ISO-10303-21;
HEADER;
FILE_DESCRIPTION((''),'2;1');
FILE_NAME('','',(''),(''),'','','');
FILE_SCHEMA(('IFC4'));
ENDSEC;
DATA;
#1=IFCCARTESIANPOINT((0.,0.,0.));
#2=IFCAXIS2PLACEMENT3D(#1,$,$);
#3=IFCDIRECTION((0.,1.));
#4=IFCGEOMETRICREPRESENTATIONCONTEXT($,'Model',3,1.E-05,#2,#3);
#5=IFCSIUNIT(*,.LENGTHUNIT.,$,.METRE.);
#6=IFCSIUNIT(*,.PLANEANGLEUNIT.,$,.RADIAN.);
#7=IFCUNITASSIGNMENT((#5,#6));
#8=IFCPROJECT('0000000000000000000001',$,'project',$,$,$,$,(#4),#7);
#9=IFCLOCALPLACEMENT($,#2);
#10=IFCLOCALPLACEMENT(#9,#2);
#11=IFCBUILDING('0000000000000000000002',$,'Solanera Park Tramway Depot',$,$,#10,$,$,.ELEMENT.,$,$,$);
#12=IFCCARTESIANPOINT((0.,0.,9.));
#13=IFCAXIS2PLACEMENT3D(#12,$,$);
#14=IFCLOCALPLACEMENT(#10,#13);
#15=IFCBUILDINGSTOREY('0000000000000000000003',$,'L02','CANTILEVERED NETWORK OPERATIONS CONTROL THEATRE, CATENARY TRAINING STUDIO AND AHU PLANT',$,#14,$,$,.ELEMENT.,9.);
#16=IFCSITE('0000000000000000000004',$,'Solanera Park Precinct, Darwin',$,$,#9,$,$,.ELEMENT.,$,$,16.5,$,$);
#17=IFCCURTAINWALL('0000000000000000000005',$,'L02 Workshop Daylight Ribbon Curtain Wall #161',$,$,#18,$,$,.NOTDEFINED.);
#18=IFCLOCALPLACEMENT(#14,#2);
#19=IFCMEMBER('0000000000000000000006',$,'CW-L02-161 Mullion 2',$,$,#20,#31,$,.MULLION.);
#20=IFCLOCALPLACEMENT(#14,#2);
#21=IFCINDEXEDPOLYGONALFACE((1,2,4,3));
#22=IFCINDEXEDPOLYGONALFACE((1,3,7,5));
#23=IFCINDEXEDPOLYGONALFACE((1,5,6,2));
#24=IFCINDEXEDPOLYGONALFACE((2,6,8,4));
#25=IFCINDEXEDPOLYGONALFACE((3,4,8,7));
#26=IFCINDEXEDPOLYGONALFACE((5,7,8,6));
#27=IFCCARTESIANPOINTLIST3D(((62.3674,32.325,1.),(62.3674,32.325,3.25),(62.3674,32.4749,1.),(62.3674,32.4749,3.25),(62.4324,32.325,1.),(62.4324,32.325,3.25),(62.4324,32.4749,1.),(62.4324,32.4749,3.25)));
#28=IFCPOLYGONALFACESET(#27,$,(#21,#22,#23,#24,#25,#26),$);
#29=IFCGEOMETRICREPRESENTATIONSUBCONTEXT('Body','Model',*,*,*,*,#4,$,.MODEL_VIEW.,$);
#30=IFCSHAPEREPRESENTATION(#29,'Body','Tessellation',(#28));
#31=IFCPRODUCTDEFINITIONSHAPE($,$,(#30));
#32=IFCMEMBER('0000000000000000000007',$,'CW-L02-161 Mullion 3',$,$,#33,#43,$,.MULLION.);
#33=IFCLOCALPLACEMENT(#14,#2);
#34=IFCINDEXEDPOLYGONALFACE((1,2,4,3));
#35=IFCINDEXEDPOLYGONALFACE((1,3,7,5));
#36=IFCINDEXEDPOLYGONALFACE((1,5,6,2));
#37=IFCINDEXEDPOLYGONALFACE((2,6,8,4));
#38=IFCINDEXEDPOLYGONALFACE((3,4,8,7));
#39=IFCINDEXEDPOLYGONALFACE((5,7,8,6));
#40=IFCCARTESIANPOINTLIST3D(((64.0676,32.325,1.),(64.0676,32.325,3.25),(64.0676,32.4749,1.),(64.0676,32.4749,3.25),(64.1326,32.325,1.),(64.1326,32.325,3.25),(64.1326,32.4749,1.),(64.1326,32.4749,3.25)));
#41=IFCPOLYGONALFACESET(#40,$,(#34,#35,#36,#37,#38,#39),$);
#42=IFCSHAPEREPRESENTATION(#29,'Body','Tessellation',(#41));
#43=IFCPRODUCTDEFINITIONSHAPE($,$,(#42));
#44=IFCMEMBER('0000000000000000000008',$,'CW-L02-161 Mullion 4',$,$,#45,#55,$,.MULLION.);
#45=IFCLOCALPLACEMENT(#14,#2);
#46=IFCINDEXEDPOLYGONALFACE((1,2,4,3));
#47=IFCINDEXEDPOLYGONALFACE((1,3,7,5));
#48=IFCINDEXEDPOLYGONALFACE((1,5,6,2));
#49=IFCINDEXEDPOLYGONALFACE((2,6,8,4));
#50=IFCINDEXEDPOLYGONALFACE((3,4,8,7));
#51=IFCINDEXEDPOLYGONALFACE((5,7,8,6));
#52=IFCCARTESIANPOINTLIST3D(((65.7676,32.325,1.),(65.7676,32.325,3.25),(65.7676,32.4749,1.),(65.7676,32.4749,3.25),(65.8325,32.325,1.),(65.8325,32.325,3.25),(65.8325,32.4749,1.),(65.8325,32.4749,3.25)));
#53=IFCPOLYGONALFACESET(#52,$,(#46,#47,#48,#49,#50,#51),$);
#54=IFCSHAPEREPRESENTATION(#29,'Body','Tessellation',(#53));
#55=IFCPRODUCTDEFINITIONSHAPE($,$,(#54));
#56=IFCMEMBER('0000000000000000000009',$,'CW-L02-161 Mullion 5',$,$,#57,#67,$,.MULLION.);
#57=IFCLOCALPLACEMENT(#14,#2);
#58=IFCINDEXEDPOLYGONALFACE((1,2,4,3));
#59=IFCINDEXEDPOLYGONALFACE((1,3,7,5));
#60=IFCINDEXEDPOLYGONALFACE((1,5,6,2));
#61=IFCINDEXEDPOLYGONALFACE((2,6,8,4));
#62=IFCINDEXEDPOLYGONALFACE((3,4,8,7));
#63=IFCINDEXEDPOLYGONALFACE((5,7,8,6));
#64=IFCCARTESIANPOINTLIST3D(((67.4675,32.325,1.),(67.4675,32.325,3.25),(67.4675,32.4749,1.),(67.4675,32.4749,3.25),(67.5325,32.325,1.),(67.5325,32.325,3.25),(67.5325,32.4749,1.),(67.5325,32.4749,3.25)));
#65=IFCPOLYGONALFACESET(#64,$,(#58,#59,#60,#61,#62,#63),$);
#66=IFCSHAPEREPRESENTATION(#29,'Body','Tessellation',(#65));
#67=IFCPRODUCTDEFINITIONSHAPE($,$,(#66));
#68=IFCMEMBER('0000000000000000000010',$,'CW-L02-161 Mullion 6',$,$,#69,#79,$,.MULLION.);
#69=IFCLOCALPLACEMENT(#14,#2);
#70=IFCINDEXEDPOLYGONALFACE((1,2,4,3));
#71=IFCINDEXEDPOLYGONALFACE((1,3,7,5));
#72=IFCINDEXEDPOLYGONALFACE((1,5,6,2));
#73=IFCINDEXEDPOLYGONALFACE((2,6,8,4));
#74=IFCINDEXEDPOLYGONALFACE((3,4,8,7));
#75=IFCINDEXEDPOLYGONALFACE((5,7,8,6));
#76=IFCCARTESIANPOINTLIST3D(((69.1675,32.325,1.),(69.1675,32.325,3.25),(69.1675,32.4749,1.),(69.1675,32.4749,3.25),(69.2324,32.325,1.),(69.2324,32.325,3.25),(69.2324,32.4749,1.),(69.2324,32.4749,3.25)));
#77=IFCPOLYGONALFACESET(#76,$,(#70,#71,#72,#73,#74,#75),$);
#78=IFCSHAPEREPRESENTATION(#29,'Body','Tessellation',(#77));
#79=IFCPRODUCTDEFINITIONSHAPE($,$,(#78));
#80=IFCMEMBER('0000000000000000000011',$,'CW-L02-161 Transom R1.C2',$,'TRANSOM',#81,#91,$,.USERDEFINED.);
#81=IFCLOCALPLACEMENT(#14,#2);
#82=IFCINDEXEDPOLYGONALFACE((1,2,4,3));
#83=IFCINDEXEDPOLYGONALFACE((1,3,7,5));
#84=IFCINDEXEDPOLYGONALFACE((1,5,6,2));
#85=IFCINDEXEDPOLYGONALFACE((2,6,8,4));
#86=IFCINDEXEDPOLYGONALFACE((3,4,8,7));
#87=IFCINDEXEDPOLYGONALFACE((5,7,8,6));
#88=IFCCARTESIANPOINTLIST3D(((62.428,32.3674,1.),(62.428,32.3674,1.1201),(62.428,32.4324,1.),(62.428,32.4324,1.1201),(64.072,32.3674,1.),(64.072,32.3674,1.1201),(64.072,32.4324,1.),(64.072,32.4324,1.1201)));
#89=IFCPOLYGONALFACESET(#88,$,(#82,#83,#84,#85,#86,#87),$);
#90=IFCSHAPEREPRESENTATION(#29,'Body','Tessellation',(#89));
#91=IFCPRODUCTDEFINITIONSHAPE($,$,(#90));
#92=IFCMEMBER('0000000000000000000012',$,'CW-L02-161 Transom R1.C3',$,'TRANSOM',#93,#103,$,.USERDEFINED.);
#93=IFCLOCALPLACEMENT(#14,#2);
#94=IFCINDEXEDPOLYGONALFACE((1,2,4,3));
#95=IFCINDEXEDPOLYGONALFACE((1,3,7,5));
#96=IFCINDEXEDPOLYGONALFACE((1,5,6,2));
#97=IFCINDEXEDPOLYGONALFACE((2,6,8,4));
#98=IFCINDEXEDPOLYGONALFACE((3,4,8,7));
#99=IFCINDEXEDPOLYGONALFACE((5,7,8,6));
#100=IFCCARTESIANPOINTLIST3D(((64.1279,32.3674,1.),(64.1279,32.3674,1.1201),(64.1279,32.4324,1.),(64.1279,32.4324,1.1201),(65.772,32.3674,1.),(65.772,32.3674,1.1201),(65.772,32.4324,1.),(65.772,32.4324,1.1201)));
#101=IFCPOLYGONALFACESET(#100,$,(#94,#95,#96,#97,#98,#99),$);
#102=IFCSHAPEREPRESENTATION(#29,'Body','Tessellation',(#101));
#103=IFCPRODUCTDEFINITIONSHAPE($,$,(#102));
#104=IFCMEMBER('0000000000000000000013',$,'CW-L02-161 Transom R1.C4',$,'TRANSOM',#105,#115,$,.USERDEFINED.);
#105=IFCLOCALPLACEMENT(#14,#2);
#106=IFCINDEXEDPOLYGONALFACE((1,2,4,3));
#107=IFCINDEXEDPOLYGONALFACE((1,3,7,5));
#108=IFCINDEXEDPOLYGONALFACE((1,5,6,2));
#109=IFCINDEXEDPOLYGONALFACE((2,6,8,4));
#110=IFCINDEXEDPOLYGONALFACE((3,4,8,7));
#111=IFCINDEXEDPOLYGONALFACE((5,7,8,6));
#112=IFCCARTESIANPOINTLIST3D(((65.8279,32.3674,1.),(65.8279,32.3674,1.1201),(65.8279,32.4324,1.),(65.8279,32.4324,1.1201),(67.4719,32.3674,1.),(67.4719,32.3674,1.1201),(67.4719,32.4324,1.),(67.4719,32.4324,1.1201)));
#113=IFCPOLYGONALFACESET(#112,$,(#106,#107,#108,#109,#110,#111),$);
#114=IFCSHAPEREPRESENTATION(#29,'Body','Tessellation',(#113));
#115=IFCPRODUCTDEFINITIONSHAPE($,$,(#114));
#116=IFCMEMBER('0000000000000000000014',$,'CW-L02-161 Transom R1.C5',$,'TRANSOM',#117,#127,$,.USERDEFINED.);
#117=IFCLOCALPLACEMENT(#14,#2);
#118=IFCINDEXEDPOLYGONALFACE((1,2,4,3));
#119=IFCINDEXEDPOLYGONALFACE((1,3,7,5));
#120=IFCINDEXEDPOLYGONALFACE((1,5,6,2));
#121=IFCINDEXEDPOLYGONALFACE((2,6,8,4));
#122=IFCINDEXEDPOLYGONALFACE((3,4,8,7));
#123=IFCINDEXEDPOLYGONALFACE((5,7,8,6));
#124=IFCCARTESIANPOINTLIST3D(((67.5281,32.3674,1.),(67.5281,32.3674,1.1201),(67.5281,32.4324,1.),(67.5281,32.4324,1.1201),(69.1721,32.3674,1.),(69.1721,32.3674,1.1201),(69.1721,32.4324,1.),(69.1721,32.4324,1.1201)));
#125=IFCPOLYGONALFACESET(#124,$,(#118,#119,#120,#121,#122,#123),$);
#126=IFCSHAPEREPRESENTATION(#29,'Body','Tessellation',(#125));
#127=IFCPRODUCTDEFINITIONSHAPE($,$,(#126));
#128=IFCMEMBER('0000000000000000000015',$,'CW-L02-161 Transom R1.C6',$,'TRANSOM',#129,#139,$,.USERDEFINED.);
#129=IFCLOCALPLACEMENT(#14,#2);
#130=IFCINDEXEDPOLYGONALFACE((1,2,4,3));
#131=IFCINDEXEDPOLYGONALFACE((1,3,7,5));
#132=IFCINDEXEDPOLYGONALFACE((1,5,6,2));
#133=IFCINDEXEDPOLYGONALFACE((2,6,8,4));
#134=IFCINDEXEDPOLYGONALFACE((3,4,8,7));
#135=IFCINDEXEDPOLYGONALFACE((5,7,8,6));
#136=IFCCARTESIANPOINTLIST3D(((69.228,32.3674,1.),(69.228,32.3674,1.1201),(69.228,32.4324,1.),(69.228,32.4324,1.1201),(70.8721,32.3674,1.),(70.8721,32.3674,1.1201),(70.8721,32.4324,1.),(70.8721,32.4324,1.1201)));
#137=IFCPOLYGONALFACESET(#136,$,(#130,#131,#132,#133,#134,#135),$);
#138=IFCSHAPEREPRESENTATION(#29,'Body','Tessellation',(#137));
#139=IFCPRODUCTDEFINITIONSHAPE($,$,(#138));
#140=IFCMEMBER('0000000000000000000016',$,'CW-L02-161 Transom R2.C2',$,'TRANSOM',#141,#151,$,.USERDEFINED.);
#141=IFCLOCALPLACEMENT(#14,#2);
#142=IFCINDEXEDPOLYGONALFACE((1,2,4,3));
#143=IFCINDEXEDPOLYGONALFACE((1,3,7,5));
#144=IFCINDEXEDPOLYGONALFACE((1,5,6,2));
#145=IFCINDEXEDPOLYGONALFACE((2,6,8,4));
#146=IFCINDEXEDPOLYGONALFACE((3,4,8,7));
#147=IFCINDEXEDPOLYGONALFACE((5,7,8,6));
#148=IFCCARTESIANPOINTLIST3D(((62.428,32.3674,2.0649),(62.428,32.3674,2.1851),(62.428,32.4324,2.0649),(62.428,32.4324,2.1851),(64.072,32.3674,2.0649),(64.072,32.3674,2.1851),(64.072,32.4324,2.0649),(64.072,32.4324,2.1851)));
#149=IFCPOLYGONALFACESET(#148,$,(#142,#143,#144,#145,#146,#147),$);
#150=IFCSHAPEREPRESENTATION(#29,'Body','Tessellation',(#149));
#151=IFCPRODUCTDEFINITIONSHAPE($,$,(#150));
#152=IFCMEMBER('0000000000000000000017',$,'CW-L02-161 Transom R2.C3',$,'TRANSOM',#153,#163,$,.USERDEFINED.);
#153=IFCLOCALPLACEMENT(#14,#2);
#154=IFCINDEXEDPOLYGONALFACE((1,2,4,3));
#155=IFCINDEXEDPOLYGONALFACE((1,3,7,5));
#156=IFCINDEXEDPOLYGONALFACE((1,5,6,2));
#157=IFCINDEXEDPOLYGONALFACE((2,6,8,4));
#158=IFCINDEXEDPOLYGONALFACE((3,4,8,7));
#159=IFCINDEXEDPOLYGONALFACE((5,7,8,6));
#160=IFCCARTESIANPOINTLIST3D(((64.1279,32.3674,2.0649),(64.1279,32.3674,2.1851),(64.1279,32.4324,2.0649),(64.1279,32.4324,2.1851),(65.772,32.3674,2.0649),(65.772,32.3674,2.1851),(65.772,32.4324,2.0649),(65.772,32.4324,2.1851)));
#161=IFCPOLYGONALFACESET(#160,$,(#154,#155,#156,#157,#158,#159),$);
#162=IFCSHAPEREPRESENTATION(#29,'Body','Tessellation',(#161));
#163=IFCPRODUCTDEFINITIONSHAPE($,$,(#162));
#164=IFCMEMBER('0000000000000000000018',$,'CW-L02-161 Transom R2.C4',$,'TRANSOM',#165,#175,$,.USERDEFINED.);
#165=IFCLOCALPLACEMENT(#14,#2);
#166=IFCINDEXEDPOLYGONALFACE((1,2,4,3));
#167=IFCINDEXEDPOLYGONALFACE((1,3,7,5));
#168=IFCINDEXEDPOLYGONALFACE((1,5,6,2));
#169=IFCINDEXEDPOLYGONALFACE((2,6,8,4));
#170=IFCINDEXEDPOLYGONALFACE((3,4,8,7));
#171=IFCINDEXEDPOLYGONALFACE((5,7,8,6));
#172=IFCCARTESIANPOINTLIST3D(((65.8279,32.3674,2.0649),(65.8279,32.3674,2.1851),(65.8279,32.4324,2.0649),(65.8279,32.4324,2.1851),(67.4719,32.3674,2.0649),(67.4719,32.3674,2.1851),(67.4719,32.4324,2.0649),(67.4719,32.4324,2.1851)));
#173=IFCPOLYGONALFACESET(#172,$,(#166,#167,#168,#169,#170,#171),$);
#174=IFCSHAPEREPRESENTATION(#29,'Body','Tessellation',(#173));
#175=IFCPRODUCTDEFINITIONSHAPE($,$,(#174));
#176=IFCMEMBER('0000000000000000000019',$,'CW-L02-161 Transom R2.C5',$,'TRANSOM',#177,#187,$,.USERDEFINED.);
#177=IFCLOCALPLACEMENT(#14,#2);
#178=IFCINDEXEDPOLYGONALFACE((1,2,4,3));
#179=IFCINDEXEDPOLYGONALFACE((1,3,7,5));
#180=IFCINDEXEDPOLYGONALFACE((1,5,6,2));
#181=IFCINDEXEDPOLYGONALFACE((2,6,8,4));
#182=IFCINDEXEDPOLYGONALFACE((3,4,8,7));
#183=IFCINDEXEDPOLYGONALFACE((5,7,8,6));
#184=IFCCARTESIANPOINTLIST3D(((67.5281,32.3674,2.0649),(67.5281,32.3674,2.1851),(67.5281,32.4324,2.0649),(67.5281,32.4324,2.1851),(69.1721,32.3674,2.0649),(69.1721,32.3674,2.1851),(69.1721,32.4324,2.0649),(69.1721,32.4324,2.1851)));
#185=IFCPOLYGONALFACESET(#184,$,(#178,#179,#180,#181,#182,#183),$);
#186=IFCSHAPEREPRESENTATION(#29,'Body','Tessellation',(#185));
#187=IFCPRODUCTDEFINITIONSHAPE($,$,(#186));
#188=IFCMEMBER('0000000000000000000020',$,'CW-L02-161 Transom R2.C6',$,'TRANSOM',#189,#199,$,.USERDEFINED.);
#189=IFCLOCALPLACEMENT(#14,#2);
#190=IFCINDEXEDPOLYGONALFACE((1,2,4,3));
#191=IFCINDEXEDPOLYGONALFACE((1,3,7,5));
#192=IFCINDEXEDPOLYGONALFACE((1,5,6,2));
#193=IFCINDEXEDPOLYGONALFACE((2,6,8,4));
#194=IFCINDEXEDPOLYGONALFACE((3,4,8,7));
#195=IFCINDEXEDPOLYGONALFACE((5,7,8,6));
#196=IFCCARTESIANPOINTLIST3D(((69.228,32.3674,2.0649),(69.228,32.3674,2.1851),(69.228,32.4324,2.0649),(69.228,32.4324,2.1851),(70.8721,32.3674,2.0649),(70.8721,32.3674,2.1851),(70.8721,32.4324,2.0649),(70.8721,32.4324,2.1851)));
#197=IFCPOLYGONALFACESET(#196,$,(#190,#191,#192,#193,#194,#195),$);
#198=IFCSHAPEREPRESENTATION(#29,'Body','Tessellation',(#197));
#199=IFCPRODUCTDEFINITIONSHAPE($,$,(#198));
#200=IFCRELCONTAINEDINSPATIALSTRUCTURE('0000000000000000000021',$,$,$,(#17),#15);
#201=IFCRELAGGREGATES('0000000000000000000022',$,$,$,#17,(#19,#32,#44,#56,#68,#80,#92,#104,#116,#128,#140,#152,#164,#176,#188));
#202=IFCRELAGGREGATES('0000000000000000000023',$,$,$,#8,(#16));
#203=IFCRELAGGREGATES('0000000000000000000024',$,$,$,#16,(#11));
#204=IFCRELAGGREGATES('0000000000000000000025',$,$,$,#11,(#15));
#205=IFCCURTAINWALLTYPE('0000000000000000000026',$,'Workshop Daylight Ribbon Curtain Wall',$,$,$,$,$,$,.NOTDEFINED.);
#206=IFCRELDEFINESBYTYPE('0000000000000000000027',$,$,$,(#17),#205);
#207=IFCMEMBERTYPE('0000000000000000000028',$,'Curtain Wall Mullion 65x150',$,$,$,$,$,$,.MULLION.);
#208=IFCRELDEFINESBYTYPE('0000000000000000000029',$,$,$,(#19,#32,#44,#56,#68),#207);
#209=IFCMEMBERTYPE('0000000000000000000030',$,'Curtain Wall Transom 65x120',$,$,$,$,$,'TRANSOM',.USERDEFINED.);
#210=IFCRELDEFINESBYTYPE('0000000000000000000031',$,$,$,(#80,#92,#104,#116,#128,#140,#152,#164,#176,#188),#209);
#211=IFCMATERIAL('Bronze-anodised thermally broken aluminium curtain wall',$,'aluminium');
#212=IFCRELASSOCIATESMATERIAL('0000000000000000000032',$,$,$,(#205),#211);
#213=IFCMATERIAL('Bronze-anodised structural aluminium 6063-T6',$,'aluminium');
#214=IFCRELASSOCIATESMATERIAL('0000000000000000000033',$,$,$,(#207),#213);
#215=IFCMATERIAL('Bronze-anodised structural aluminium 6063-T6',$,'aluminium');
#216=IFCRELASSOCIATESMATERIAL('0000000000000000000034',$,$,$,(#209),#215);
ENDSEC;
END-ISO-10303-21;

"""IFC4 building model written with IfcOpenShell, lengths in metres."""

from ifc_helpers import new_model, si_unit, direction, frame, origin, origin_2d, place, context, subcontext, project, spatial, rectangle, extrude, material, material_profile, profile_set, type_object, element, aggregate, save


model = new_model("IFC4")

# Units and contexts
model_context = context("Model", 3, precision=1e-05, world=origin(), true_north=direction((0.0, 1.0)))
body_context = subcontext(model_context, "Body", "Model", "MODEL_VIEW")
ifc_project = project(units=[si_unit("LENGTHUNIT", "METRE"), si_unit("PLANEANGLEUNIT", "RADIAN")], contexts=[model_context])

# Site, building, storey
site_placement = place(None, origin())
site = spatial("IfcSite", under=ifc_project, at=site_placement, Name="Solanera Park Precinct, Darwin", CompositionType="ELEMENT", RefElevation=16.5)
building_placement = place(site_placement, origin())
building = spatial("IfcBuilding", under=site, at=building_placement, Name="Solanera Park Tramway Depot", CompositionType="ELEMENT")
storey_placement = place(building_placement, frame((0.0, 0.0, 9.0)))
storey = spatial("IfcBuildingStorey", under=building, at=storey_placement, Name="L02", Description="CANTILEVERED NETWORK OPERATIONS CONTROL THEATRE, CATENARY TRAINING STUDIO AND AHU PLANT", CompositionType="ELEMENT", Elevation=9.0)

# Curtain wall, members
ifc_material_1 = material(Name="Bronze-anodised thermally broken aluminium curtain wall", Category="aluminium")
curtain_wall_type = type_object("IfcCurtainWallType", Name="Workshop Daylight Ribbon Curtain Wall", PredefinedType="NOTDEFINED", material=ifc_material_1)
curtain_wall_placement = place(storey_placement, origin())
curtain_wall = element("IfcCurtainWall", 1, at=curtain_wall_placement, inside=storey, type_object=curtain_wall_type, Name="L02 Workshop Daylight Ribbon Curtain Wall #161", PredefinedType="NOTDEFINED")
ifc_material_2 = material(Name="Bronze-anodised structural aluminium 6063-T6", Category="aluminium")
ifc_material_profile_1 = material_profile(ifc_material_2, rectangle(XDim=0.0649, YDim=0.1499, at=origin_2d()), Name="Curtain Wall Mullion 65x150")
ifc_profile_set_1 = profile_set([ifc_material_profile_1], Name="Bronze-anodised structural aluminium 6063-T6")
member_type_1 = type_object("IfcMemberType", Name="Curtain Wall Mullion 65x150", PredefinedType="MULLION", material=ifc_profile_set_1)
member_1_placement = place(storey_placement, frame((62.3999, 32.3999, 1.0), z_axis=(0.0, 0.0, 1.0), x_axis=(1.0, 0.0, 0.0)))
member_1 = element("IfcMember", 2, at=member_1_placement, type_object=member_type_1, Name="CW-L02-161 Mullion 2", PredefinedType="MULLION", context=body_context, shape_type="SweptSolid", body=[
    extrude(rectangle(XDim=0.0649, YDim=0.1499, at=origin_2d()), origin(), (0.0, 0.0, 1.0), 2.25),
])
member_2_placement = place(storey_placement, frame((64.1001, 32.3999, 1.0), z_axis=(0.0, 0.0, 1.0), x_axis=(1.0, 0.0, 0.0)))
member_2 = element("IfcMember", 3, at=member_2_placement, type_object=member_type_1, Name="CW-L02-161 Mullion 3", PredefinedType="MULLION", context=body_context, shape_type="SweptSolid", body=[
    extrude(rectangle(XDim=0.0649, YDim=0.1499, at=origin_2d()), origin(), (0.0, 0.0, 1.0), 2.25),
])
member_3_placement = place(storey_placement, frame((65.8, 32.3999, 1.0), z_axis=(0.0, 0.0, 1.0), x_axis=(1.0, 0.0, 0.0)))
member_3 = element("IfcMember", 4, at=member_3_placement, type_object=member_type_1, Name="CW-L02-161 Mullion 4", PredefinedType="MULLION", context=body_context, shape_type="SweptSolid", body=[
    extrude(rectangle(XDim=0.0649, YDim=0.1499, at=origin_2d()), origin(), (0.0, 0.0, 1.0), 2.25),
])
member_4_placement = place(storey_placement, frame((67.5, 32.3999, 1.0), z_axis=(0.0, 0.0, 1.0), x_axis=(1.0, 0.0, 0.0)))
member_4 = element("IfcMember", 5, at=member_4_placement, type_object=member_type_1, Name="CW-L02-161 Mullion 5", PredefinedType="MULLION", context=body_context, shape_type="SweptSolid", body=[
    extrude(rectangle(XDim=0.0649, YDim=0.1499, at=origin_2d()), origin(), (0.0, 0.0, 1.0), 2.25),
])
member_5_placement = place(storey_placement, frame((69.2, 32.3999, 1.0), z_axis=(0.0, 0.0, 1.0), x_axis=(1.0, 0.0, 0.0)))
member_5 = element("IfcMember", 6, at=member_5_placement, type_object=member_type_1, Name="CW-L02-161 Mullion 6", PredefinedType="MULLION", context=body_context, shape_type="SweptSolid", body=[
    extrude(rectangle(XDim=0.0649, YDim=0.1499, at=origin_2d()), origin(), (0.0, 0.0, 1.0), 2.25),
])
ifc_material_3 = material(Name="Bronze-anodised structural aluminium 6063-T6", Category="aluminium")
ifc_material_profile_2 = material_profile(ifc_material_3, rectangle(XDim=0.0649, YDim=0.1201, at=origin_2d()), Name="Curtain Wall Transom 65x120")
ifc_profile_set_2 = profile_set([ifc_material_profile_2], Name="Bronze-anodised structural aluminium 6063-T6")
member_type_2 = type_object("IfcMemberType", Name="Curtain Wall Transom 65x120", ElementType="TRANSOM", PredefinedType="USERDEFINED", material=ifc_profile_set_2)
member_6_placement = place(storey_placement, frame((62.428, 32.3999, 1.0601), z_axis=(1.0, 0.0, 0.0), x_axis=(0.0, 1.0, 0.0)))
member_6 = element("IfcMember", 7, at=member_6_placement, type_object=member_type_2, Name="CW-L02-161 Transom R1.C2", ObjectType="TRANSOM", PredefinedType="USERDEFINED", context=body_context, shape_type="SweptSolid", body=[
    extrude(rectangle(XDim=0.0649, YDim=0.1201, at=origin_2d()), origin(), (0.0, 0.0, 1.0), 1.644),
])
member_7_placement = place(storey_placement, frame((64.1279, 32.3999, 1.0601), z_axis=(1.0, 0.0, 0.0), x_axis=(0.0, 1.0, 0.0)))
member_7 = element("IfcMember", 8, at=member_7_placement, type_object=member_type_2, Name="CW-L02-161 Transom R1.C3", ObjectType="TRANSOM", PredefinedType="USERDEFINED", context=body_context, shape_type="SweptSolid", body=[
    extrude(rectangle(XDim=0.0649, YDim=0.1201, at=origin_2d()), origin(), (0.0, 0.0, 1.0), 1.644),
])
member_8_placement = place(storey_placement, frame((65.8279, 32.3999, 1.0601), z_axis=(1.0, 0.0, 0.0), x_axis=(0.0, 1.0, 0.0)))
member_8 = element("IfcMember", 9, at=member_8_placement, type_object=member_type_2, Name="CW-L02-161 Transom R1.C4", ObjectType="TRANSOM", PredefinedType="USERDEFINED", context=body_context, shape_type="SweptSolid", body=[
    extrude(rectangle(XDim=0.0649, YDim=0.1201, at=origin_2d()), origin(), (0.0, 0.0, 1.0), 1.644),
])
member_9_placement = place(storey_placement, frame((67.5281, 32.3999, 1.0601), z_axis=(1.0, 0.0, 0.0), x_axis=(0.0, 1.0, 0.0)))
member_9 = element("IfcMember", 10, at=member_9_placement, type_object=member_type_2, Name="CW-L02-161 Transom R1.C5", ObjectType="TRANSOM", PredefinedType="USERDEFINED", context=body_context, shape_type="SweptSolid", body=[
    extrude(rectangle(XDim=0.0649, YDim=0.1201, at=origin_2d()), origin(), (0.0, 0.0, 1.0), 1.644),
])
member_10_placement = place(storey_placement, frame((69.228, 32.3999, 1.0601), z_axis=(1.0, 0.0, 0.0), x_axis=(0.0, 1.0, 0.0)))
member_10 = element("IfcMember", 11, at=member_10_placement, type_object=member_type_2, Name="CW-L02-161 Transom R1.C6", ObjectType="TRANSOM", PredefinedType="USERDEFINED", context=body_context, shape_type="SweptSolid", body=[
    extrude(rectangle(XDim=0.0649, YDim=0.1201, at=origin_2d()), origin(), (0.0, 0.0, 1.0), 1.644),
])
member_11_placement = place(storey_placement, frame((62.428, 32.3999, 2.125), z_axis=(1.0, 0.0, 0.0), x_axis=(0.0, 1.0, 0.0)))
member_11 = element("IfcMember", 12, at=member_11_placement, type_object=member_type_2, Name="CW-L02-161 Transom R2.C2", ObjectType="TRANSOM", PredefinedType="USERDEFINED", context=body_context, shape_type="SweptSolid", body=[
    extrude(rectangle(XDim=0.0649, YDim=0.1201, at=origin_2d()), origin(), (0.0, 0.0, 1.0), 1.644),
])
member_12_placement = place(storey_placement, frame((64.1279, 32.3999, 2.125), z_axis=(1.0, 0.0, 0.0), x_axis=(0.0, 1.0, 0.0)))
member_12 = element("IfcMember", 13, at=member_12_placement, type_object=member_type_2, Name="CW-L02-161 Transom R2.C3", ObjectType="TRANSOM", PredefinedType="USERDEFINED", context=body_context, shape_type="SweptSolid", body=[
    extrude(rectangle(XDim=0.0649, YDim=0.1201, at=origin_2d()), origin(), (0.0, 0.0, 1.0), 1.644),
])
member_13_placement = place(storey_placement, frame((65.8279, 32.3999, 2.125), z_axis=(1.0, 0.0, 0.0), x_axis=(0.0, 1.0, 0.0)))
member_13 = element("IfcMember", 14, at=member_13_placement, type_object=member_type_2, Name="CW-L02-161 Transom R2.C4", ObjectType="TRANSOM", PredefinedType="USERDEFINED", context=body_context, shape_type="SweptSolid", body=[
    extrude(rectangle(XDim=0.0649, YDim=0.1201, at=origin_2d()), origin(), (0.0, 0.0, 1.0), 1.644),
])
member_14_placement = place(storey_placement, frame((67.5281, 32.3999, 2.125), z_axis=(1.0, 0.0, 0.0), x_axis=(0.0, 1.0, 0.0)))
member_14 = element("IfcMember", 15, at=member_14_placement, type_object=member_type_2, Name="CW-L02-161 Transom R2.C5", ObjectType="TRANSOM", PredefinedType="USERDEFINED", context=body_context, shape_type="SweptSolid", body=[
    extrude(rectangle(XDim=0.0649, YDim=0.1201, at=origin_2d()), origin(), (0.0, 0.0, 1.0), 1.644),
])
member_15_placement = place(storey_placement, frame((69.228, 32.3999, 2.125), z_axis=(1.0, 0.0, 0.0), x_axis=(0.0, 1.0, 0.0)))
member_15 = element("IfcMember", 16, at=member_15_placement, type_object=member_type_2, Name="CW-L02-161 Transom R2.C6", ObjectType="TRANSOM", PredefinedType="USERDEFINED", context=body_context, shape_type="SweptSolid", body=[
    extrude(rectangle(XDim=0.0649, YDim=0.1201, at=origin_2d()), origin(), (0.0, 0.0, 1.0), 1.644),
])
aggregate(curtain_wall, [member_1, member_2, member_3, member_4, member_5, member_6, member_7, member_8, member_9, member_10, member_11, member_12, member_13, member_14, member_15])

save(model, "model.ifc")
